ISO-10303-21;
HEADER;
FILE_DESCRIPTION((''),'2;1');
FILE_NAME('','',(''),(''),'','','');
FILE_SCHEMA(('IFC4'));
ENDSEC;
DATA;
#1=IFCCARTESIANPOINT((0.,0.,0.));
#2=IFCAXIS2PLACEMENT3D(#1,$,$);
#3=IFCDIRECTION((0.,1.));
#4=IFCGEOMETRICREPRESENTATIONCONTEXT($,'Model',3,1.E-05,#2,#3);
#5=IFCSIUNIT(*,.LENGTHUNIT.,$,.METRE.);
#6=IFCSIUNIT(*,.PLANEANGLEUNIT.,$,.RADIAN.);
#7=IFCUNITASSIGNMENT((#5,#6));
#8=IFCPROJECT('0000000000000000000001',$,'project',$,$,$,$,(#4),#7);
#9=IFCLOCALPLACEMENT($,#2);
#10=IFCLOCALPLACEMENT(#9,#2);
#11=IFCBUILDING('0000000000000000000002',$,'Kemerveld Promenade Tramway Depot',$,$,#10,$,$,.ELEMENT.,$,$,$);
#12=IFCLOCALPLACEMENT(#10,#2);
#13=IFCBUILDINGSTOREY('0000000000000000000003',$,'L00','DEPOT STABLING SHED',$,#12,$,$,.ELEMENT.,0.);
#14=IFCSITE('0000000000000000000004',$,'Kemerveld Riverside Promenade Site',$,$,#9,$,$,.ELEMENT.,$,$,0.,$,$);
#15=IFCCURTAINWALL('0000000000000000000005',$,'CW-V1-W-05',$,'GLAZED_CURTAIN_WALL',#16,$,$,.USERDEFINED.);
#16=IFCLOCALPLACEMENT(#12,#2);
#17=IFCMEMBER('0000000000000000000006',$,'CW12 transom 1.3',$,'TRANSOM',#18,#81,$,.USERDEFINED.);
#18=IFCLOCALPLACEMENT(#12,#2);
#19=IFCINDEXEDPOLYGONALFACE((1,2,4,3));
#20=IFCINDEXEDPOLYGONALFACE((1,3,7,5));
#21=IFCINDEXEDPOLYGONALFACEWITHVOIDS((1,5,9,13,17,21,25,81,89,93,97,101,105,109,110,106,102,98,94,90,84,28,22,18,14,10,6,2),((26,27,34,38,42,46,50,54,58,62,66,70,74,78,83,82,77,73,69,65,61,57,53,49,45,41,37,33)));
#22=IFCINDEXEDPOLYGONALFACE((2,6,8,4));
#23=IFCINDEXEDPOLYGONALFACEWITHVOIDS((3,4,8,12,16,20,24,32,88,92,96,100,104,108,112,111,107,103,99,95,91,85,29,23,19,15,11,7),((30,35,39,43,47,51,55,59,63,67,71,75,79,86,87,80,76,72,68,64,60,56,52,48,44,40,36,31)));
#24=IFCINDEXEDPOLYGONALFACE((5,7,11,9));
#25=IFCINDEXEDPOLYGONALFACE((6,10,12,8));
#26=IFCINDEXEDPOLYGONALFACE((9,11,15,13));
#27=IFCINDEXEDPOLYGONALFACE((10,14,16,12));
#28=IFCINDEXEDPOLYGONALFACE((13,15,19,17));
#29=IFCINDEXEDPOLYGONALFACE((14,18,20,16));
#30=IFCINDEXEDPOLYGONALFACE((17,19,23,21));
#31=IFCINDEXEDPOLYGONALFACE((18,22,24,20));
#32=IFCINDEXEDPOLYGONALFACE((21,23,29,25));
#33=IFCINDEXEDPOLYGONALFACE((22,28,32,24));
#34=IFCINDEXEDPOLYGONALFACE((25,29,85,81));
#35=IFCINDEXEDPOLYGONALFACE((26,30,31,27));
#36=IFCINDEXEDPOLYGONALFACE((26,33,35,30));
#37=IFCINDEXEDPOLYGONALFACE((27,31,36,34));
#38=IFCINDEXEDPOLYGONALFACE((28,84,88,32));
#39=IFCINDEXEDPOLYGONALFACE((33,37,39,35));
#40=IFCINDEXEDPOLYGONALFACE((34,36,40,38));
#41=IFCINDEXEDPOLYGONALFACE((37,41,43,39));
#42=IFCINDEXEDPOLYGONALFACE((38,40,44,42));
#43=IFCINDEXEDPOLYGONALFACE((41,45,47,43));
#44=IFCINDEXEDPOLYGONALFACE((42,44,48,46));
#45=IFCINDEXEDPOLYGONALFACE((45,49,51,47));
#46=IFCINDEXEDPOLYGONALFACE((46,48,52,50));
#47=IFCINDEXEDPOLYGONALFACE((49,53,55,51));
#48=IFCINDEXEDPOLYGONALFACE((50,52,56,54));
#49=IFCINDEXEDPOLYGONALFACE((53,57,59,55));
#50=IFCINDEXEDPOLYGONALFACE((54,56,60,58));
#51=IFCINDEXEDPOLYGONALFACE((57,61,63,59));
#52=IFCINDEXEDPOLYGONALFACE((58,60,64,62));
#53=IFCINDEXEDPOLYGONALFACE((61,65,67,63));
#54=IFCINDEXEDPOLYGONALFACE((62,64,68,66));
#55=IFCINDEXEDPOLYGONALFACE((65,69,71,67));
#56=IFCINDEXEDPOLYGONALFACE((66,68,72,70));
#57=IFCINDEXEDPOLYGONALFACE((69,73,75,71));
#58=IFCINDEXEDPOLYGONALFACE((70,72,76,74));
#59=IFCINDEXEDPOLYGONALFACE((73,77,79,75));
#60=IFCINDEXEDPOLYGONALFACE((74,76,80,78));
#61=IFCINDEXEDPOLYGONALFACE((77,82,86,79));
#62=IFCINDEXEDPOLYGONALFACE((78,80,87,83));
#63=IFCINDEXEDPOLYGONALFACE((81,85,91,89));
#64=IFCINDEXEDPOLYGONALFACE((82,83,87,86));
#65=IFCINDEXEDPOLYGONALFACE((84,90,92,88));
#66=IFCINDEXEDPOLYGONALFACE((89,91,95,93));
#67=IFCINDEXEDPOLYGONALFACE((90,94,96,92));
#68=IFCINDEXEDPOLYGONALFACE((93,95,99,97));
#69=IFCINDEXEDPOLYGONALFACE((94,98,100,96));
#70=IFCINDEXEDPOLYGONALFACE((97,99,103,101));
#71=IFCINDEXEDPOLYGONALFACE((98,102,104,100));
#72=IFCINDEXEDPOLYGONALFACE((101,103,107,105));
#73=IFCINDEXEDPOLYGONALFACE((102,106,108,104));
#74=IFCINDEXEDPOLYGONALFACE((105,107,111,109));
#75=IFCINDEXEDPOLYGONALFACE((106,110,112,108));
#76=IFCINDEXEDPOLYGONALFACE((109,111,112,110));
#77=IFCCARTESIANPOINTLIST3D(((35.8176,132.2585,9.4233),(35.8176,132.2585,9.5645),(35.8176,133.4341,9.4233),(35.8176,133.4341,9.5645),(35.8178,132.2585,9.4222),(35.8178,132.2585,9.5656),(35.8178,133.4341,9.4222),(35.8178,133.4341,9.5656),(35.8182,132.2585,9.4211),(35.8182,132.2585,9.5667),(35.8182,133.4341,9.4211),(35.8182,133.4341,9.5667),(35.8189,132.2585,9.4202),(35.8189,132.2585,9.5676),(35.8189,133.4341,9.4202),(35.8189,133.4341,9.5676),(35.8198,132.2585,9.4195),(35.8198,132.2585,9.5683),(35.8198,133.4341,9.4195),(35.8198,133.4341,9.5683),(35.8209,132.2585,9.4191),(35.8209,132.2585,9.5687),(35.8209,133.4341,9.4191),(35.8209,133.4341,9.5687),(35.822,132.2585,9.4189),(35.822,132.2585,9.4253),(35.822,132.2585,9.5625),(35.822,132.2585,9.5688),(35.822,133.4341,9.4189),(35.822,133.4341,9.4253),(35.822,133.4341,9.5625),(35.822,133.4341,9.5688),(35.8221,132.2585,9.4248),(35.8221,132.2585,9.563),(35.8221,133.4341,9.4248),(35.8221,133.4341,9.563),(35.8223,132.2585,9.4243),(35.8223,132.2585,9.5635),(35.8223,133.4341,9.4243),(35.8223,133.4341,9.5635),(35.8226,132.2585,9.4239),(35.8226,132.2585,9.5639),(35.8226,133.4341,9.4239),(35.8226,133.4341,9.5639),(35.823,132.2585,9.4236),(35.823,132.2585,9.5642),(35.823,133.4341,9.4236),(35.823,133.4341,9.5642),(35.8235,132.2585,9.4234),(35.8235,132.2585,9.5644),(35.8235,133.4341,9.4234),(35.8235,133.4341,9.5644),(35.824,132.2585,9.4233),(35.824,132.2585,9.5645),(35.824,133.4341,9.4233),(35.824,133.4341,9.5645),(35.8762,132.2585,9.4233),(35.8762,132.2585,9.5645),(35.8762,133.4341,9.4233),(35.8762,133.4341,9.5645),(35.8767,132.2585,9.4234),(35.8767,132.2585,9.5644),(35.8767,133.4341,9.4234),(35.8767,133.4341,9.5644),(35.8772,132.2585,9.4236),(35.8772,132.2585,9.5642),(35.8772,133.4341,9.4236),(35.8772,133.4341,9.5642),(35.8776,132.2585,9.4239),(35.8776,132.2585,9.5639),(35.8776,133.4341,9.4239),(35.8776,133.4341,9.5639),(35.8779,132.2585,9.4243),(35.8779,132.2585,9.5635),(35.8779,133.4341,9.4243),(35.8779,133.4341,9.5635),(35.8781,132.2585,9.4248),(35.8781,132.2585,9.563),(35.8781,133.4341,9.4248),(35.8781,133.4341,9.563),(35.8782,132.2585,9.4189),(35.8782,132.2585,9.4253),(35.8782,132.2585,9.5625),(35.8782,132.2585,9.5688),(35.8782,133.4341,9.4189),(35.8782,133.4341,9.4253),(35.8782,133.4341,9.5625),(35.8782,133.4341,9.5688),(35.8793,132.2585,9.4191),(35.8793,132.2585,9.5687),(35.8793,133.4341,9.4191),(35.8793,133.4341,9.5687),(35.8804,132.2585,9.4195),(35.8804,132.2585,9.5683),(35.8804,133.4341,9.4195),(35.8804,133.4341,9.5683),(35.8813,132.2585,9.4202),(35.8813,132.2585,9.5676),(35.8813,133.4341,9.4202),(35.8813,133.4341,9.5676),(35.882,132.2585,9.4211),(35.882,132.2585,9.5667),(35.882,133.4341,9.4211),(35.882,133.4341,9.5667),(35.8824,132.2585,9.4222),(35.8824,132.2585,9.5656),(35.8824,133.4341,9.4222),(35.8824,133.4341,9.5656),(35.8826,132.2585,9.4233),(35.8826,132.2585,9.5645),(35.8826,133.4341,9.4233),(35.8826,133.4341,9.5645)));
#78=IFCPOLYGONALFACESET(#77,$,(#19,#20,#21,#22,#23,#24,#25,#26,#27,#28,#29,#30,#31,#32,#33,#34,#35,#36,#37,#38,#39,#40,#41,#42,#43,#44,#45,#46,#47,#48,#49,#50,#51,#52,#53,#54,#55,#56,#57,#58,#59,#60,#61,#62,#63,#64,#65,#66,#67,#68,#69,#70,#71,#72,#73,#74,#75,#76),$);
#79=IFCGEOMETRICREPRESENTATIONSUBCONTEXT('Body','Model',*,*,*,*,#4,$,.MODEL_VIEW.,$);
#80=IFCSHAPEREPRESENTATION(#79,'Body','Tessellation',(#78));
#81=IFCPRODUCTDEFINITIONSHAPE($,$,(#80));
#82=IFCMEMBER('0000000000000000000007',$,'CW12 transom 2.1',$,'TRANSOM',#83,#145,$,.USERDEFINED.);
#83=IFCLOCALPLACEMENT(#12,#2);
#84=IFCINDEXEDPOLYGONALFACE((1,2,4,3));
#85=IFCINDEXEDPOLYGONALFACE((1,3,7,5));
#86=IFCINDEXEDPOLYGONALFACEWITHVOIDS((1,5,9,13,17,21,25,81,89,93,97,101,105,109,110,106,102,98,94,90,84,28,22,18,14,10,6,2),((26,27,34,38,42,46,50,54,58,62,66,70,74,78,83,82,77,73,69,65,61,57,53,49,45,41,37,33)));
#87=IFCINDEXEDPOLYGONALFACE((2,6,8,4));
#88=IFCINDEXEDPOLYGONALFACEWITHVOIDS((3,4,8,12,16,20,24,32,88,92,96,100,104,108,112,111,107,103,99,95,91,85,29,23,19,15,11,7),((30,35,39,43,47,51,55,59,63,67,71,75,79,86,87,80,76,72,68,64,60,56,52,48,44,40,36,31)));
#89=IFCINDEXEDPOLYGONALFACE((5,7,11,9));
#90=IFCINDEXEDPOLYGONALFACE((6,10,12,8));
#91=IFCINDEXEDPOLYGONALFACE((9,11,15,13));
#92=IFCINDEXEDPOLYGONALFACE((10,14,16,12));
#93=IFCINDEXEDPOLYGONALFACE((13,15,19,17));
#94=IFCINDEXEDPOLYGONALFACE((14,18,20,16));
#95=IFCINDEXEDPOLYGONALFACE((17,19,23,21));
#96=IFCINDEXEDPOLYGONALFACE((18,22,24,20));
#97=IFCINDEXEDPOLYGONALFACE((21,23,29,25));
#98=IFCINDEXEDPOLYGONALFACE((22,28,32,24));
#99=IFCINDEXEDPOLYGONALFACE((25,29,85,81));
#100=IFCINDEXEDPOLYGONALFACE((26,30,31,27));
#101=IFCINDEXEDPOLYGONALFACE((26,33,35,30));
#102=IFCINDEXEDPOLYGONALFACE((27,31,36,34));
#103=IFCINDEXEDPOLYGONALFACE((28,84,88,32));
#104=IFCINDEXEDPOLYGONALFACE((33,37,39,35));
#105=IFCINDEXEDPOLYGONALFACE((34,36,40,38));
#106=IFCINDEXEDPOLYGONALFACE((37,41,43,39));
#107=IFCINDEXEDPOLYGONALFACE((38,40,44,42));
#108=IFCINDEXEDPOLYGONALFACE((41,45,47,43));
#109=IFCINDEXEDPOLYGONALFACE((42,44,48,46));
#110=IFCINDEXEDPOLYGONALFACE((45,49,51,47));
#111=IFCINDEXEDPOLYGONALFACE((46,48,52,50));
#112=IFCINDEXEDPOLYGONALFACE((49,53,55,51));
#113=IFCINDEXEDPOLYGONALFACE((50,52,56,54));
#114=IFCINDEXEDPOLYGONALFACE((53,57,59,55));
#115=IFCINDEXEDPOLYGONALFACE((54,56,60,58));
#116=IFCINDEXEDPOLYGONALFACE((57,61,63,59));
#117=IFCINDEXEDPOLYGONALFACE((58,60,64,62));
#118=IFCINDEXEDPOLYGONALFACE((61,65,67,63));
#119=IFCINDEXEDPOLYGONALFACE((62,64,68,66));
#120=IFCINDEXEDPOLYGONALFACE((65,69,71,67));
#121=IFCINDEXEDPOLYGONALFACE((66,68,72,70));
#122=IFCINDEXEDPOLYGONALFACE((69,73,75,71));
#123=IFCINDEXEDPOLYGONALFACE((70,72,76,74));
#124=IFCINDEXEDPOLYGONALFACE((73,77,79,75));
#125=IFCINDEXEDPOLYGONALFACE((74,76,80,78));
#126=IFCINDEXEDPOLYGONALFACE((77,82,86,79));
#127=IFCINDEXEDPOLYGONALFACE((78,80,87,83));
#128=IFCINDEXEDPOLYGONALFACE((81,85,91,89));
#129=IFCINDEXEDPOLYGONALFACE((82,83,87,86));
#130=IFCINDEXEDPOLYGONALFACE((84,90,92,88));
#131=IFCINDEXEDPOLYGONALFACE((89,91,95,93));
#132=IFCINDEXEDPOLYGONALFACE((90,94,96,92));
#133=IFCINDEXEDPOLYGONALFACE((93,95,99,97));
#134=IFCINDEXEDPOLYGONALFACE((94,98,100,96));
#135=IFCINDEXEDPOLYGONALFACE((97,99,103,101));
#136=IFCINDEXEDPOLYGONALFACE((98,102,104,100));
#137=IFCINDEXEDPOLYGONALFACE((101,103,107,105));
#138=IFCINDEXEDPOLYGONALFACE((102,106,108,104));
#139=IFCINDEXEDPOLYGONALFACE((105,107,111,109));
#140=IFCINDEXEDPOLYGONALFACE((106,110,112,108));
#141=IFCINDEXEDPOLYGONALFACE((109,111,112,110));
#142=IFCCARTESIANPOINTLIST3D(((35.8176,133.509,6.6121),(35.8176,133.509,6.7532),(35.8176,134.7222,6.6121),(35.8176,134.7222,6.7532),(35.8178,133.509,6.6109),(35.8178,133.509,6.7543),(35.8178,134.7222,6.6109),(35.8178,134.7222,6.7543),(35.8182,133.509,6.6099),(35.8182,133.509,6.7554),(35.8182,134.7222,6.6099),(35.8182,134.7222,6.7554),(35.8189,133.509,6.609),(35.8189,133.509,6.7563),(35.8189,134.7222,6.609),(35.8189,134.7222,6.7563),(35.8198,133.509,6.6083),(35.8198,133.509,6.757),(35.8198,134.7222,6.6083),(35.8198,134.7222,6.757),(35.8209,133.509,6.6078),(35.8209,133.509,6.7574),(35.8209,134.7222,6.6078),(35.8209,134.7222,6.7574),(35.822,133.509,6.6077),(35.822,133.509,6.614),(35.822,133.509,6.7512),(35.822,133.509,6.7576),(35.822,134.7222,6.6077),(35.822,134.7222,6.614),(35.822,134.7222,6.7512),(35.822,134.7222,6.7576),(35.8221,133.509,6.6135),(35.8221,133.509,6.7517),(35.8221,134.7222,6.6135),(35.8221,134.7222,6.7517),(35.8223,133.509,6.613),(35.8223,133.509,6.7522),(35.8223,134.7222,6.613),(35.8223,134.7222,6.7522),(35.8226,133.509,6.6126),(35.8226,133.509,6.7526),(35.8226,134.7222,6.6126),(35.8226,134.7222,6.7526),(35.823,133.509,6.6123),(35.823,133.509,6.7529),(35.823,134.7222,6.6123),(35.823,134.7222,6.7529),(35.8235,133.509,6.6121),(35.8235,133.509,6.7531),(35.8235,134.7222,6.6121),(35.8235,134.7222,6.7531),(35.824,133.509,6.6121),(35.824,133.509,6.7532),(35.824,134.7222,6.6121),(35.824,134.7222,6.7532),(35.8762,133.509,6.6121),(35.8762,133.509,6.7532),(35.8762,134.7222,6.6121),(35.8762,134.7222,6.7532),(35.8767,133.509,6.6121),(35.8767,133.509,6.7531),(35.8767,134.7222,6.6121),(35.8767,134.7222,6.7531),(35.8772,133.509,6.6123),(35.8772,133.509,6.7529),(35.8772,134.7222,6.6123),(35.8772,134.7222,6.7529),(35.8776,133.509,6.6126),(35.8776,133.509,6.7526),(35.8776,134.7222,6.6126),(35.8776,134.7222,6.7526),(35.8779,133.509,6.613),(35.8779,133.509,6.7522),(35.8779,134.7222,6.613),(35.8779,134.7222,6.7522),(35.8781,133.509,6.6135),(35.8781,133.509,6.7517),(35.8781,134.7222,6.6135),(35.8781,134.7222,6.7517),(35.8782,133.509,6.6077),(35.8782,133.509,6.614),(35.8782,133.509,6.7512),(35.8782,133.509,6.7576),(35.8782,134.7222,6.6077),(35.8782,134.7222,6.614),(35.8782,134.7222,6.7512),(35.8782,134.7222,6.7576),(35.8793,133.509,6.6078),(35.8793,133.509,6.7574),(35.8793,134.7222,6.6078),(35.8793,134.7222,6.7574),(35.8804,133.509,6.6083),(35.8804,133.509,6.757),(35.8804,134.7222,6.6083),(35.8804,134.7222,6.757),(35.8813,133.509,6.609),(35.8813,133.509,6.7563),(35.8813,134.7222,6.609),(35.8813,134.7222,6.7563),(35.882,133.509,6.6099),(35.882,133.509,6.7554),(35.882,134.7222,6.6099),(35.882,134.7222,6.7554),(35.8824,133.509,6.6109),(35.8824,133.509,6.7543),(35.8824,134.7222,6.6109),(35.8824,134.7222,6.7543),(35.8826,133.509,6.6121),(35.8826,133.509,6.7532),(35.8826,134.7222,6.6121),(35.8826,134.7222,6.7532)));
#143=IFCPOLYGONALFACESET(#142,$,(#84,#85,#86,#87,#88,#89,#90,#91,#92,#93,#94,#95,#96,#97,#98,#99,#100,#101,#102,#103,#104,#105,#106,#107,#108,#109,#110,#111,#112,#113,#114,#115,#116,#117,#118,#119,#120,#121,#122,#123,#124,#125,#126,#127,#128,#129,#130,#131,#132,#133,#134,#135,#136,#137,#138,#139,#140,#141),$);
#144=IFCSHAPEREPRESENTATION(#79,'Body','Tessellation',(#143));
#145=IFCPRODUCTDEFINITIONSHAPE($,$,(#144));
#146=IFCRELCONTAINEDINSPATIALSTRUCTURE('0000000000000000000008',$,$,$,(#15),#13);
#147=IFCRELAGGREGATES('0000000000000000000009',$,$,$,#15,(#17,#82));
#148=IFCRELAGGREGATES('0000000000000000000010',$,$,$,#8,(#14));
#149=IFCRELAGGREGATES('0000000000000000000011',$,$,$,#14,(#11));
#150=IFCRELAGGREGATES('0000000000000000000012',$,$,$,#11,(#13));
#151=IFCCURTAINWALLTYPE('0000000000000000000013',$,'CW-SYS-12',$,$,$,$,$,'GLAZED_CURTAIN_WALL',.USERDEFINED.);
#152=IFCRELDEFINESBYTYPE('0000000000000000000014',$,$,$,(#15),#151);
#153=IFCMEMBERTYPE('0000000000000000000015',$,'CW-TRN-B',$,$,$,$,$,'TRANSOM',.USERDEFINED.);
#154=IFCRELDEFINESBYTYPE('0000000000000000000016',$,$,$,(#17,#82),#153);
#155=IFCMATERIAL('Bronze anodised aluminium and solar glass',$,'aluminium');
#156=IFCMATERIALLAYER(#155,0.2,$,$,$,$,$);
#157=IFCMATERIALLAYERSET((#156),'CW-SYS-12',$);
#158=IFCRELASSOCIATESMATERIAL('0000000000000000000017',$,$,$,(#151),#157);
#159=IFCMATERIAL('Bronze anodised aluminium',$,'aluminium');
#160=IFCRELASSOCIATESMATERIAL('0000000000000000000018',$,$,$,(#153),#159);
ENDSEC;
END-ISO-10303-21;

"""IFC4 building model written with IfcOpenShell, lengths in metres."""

from ifc_helpers import new_model, si_unit, direction, frame, origin, origin_2d, place, context, subcontext, project, spatial, hollow_rectangle, extrude, material, layer, layer_set, material_profile, profile_set, type_object, element, aggregate, save


model = new_model("IFC4")

# Units and contexts
model_context = context("Model", 3, precision=1e-05, world=origin(), true_north=direction((0.0, 1.0)))
body_context = subcontext(model_context, "Body", "Model", "MODEL_VIEW")
ifc_project = project(units=[si_unit("LENGTHUNIT", "METRE"), si_unit("PLANEANGLEUNIT", "RADIAN")], contexts=[model_context])

# Site, building, storey
site_placement = place(None, origin())
site = spatial("IfcSite", under=ifc_project, at=site_placement, Name="Kemerveld Riverside Promenade Site", CompositionType="ELEMENT", RefElevation=0.0)
building_placement = place(site_placement, origin())
building = spatial("IfcBuilding", under=site, at=building_placement, Name="Kemerveld Promenade Tramway Depot", CompositionType="ELEMENT")
storey_placement = place(building_placement, origin())
storey = spatial("IfcBuildingStorey", under=building, at=storey_placement, Name="L00", Description="DEPOT STABLING SHED", CompositionType="ELEMENT", Elevation=0.0)

# Curtain wall
ifc_material_1 = material(Name="Bronze anodised aluminium and solar glass", Category="aluminium")
ifc_material_2 = material(Name="Bronze anodised aluminium", Category="aluminium")
ifc_layer_1 = layer(ifc_material_1, 0.2)
ifc_layer_set_1 = layer_set([ifc_layer_1], Name="CW-SYS-12")
curtain_wall_type_1 = type_object("IfcCurtainWallType", Name="CW-SYS-12", ElementType="GLAZED_CURTAIN_WALL", PredefinedType="USERDEFINED", material=ifc_layer_set_1)
curtain_wall_1_placement = place(storey_placement, origin())
curtain_wall_1 = element("IfcCurtainWall", 1, at=curtain_wall_1_placement, inside=storey, type_object=curtain_wall_type_1, Name="CW-V1-W-05", ObjectType="GLAZED_CURTAIN_WALL", PredefinedType="USERDEFINED")

# Members
ifc_material_profile_1 = material_profile(ifc_material_2, hollow_rectangle(XDim=0.0649, YDim=0.1499, WallThickness=0.0044, InnerFilletRadius=0.002, OuterFilletRadius=0.0044, at=origin_2d()), Name="CW-TRN-150x65")
ifc_profile_set_1 = profile_set([ifc_material_profile_1], Name="Bronze anodised aluminium")
member_type_1 = type_object("IfcMemberType", Name="CW-TRN-B", ElementType="TRANSOM", PredefinedType="USERDEFINED", material=ifc_profile_set_1)
member_1_placement = place(storey_placement, frame((35.8501, 132.2585, 9.4939), z_axis=(0.0, 1.0, 0.0), x_axis=(-1.0, 0.0, 0.0)))
member_1 = element("IfcMember", 2, at=member_1_placement, type_object=member_type_1, Name="CW12 transom 1.3", ObjectType="TRANSOM", PredefinedType="USERDEFINED", context=body_context, shape_type="SweptSolid", body=[
    extrude(hollow_rectangle(XDim=0.0649, YDim=0.1499, WallThickness=0.0044, InnerFilletRadius=0.002, OuterFilletRadius=0.0044, at=origin_2d()), origin(), (0.0, 0.0, 1.0), 1.1755),
])
member_2_placement = place(storey_placement, frame((35.8501, 133.509, 6.6826), z_axis=(0.0, 1.0, 0.0), x_axis=(-1.0, 0.0, 0.0)))
member_2 = element("IfcMember", 3, at=member_2_placement, type_object=member_type_1, Name="CW12 transom 2.1", ObjectType="TRANSOM", PredefinedType="USERDEFINED", context=body_context, shape_type="SweptSolid", body=[
    extrude(hollow_rectangle(XDim=0.0649, YDim=0.1499, WallThickness=0.0044, InnerFilletRadius=0.002, OuterFilletRadius=0.0044, at=origin_2d()), origin(), (0.0, 0.0, 1.0), 1.2131),
])

aggregate(curtain_wall_1, [member_1, member_2])

save(model, "model.ifc")
